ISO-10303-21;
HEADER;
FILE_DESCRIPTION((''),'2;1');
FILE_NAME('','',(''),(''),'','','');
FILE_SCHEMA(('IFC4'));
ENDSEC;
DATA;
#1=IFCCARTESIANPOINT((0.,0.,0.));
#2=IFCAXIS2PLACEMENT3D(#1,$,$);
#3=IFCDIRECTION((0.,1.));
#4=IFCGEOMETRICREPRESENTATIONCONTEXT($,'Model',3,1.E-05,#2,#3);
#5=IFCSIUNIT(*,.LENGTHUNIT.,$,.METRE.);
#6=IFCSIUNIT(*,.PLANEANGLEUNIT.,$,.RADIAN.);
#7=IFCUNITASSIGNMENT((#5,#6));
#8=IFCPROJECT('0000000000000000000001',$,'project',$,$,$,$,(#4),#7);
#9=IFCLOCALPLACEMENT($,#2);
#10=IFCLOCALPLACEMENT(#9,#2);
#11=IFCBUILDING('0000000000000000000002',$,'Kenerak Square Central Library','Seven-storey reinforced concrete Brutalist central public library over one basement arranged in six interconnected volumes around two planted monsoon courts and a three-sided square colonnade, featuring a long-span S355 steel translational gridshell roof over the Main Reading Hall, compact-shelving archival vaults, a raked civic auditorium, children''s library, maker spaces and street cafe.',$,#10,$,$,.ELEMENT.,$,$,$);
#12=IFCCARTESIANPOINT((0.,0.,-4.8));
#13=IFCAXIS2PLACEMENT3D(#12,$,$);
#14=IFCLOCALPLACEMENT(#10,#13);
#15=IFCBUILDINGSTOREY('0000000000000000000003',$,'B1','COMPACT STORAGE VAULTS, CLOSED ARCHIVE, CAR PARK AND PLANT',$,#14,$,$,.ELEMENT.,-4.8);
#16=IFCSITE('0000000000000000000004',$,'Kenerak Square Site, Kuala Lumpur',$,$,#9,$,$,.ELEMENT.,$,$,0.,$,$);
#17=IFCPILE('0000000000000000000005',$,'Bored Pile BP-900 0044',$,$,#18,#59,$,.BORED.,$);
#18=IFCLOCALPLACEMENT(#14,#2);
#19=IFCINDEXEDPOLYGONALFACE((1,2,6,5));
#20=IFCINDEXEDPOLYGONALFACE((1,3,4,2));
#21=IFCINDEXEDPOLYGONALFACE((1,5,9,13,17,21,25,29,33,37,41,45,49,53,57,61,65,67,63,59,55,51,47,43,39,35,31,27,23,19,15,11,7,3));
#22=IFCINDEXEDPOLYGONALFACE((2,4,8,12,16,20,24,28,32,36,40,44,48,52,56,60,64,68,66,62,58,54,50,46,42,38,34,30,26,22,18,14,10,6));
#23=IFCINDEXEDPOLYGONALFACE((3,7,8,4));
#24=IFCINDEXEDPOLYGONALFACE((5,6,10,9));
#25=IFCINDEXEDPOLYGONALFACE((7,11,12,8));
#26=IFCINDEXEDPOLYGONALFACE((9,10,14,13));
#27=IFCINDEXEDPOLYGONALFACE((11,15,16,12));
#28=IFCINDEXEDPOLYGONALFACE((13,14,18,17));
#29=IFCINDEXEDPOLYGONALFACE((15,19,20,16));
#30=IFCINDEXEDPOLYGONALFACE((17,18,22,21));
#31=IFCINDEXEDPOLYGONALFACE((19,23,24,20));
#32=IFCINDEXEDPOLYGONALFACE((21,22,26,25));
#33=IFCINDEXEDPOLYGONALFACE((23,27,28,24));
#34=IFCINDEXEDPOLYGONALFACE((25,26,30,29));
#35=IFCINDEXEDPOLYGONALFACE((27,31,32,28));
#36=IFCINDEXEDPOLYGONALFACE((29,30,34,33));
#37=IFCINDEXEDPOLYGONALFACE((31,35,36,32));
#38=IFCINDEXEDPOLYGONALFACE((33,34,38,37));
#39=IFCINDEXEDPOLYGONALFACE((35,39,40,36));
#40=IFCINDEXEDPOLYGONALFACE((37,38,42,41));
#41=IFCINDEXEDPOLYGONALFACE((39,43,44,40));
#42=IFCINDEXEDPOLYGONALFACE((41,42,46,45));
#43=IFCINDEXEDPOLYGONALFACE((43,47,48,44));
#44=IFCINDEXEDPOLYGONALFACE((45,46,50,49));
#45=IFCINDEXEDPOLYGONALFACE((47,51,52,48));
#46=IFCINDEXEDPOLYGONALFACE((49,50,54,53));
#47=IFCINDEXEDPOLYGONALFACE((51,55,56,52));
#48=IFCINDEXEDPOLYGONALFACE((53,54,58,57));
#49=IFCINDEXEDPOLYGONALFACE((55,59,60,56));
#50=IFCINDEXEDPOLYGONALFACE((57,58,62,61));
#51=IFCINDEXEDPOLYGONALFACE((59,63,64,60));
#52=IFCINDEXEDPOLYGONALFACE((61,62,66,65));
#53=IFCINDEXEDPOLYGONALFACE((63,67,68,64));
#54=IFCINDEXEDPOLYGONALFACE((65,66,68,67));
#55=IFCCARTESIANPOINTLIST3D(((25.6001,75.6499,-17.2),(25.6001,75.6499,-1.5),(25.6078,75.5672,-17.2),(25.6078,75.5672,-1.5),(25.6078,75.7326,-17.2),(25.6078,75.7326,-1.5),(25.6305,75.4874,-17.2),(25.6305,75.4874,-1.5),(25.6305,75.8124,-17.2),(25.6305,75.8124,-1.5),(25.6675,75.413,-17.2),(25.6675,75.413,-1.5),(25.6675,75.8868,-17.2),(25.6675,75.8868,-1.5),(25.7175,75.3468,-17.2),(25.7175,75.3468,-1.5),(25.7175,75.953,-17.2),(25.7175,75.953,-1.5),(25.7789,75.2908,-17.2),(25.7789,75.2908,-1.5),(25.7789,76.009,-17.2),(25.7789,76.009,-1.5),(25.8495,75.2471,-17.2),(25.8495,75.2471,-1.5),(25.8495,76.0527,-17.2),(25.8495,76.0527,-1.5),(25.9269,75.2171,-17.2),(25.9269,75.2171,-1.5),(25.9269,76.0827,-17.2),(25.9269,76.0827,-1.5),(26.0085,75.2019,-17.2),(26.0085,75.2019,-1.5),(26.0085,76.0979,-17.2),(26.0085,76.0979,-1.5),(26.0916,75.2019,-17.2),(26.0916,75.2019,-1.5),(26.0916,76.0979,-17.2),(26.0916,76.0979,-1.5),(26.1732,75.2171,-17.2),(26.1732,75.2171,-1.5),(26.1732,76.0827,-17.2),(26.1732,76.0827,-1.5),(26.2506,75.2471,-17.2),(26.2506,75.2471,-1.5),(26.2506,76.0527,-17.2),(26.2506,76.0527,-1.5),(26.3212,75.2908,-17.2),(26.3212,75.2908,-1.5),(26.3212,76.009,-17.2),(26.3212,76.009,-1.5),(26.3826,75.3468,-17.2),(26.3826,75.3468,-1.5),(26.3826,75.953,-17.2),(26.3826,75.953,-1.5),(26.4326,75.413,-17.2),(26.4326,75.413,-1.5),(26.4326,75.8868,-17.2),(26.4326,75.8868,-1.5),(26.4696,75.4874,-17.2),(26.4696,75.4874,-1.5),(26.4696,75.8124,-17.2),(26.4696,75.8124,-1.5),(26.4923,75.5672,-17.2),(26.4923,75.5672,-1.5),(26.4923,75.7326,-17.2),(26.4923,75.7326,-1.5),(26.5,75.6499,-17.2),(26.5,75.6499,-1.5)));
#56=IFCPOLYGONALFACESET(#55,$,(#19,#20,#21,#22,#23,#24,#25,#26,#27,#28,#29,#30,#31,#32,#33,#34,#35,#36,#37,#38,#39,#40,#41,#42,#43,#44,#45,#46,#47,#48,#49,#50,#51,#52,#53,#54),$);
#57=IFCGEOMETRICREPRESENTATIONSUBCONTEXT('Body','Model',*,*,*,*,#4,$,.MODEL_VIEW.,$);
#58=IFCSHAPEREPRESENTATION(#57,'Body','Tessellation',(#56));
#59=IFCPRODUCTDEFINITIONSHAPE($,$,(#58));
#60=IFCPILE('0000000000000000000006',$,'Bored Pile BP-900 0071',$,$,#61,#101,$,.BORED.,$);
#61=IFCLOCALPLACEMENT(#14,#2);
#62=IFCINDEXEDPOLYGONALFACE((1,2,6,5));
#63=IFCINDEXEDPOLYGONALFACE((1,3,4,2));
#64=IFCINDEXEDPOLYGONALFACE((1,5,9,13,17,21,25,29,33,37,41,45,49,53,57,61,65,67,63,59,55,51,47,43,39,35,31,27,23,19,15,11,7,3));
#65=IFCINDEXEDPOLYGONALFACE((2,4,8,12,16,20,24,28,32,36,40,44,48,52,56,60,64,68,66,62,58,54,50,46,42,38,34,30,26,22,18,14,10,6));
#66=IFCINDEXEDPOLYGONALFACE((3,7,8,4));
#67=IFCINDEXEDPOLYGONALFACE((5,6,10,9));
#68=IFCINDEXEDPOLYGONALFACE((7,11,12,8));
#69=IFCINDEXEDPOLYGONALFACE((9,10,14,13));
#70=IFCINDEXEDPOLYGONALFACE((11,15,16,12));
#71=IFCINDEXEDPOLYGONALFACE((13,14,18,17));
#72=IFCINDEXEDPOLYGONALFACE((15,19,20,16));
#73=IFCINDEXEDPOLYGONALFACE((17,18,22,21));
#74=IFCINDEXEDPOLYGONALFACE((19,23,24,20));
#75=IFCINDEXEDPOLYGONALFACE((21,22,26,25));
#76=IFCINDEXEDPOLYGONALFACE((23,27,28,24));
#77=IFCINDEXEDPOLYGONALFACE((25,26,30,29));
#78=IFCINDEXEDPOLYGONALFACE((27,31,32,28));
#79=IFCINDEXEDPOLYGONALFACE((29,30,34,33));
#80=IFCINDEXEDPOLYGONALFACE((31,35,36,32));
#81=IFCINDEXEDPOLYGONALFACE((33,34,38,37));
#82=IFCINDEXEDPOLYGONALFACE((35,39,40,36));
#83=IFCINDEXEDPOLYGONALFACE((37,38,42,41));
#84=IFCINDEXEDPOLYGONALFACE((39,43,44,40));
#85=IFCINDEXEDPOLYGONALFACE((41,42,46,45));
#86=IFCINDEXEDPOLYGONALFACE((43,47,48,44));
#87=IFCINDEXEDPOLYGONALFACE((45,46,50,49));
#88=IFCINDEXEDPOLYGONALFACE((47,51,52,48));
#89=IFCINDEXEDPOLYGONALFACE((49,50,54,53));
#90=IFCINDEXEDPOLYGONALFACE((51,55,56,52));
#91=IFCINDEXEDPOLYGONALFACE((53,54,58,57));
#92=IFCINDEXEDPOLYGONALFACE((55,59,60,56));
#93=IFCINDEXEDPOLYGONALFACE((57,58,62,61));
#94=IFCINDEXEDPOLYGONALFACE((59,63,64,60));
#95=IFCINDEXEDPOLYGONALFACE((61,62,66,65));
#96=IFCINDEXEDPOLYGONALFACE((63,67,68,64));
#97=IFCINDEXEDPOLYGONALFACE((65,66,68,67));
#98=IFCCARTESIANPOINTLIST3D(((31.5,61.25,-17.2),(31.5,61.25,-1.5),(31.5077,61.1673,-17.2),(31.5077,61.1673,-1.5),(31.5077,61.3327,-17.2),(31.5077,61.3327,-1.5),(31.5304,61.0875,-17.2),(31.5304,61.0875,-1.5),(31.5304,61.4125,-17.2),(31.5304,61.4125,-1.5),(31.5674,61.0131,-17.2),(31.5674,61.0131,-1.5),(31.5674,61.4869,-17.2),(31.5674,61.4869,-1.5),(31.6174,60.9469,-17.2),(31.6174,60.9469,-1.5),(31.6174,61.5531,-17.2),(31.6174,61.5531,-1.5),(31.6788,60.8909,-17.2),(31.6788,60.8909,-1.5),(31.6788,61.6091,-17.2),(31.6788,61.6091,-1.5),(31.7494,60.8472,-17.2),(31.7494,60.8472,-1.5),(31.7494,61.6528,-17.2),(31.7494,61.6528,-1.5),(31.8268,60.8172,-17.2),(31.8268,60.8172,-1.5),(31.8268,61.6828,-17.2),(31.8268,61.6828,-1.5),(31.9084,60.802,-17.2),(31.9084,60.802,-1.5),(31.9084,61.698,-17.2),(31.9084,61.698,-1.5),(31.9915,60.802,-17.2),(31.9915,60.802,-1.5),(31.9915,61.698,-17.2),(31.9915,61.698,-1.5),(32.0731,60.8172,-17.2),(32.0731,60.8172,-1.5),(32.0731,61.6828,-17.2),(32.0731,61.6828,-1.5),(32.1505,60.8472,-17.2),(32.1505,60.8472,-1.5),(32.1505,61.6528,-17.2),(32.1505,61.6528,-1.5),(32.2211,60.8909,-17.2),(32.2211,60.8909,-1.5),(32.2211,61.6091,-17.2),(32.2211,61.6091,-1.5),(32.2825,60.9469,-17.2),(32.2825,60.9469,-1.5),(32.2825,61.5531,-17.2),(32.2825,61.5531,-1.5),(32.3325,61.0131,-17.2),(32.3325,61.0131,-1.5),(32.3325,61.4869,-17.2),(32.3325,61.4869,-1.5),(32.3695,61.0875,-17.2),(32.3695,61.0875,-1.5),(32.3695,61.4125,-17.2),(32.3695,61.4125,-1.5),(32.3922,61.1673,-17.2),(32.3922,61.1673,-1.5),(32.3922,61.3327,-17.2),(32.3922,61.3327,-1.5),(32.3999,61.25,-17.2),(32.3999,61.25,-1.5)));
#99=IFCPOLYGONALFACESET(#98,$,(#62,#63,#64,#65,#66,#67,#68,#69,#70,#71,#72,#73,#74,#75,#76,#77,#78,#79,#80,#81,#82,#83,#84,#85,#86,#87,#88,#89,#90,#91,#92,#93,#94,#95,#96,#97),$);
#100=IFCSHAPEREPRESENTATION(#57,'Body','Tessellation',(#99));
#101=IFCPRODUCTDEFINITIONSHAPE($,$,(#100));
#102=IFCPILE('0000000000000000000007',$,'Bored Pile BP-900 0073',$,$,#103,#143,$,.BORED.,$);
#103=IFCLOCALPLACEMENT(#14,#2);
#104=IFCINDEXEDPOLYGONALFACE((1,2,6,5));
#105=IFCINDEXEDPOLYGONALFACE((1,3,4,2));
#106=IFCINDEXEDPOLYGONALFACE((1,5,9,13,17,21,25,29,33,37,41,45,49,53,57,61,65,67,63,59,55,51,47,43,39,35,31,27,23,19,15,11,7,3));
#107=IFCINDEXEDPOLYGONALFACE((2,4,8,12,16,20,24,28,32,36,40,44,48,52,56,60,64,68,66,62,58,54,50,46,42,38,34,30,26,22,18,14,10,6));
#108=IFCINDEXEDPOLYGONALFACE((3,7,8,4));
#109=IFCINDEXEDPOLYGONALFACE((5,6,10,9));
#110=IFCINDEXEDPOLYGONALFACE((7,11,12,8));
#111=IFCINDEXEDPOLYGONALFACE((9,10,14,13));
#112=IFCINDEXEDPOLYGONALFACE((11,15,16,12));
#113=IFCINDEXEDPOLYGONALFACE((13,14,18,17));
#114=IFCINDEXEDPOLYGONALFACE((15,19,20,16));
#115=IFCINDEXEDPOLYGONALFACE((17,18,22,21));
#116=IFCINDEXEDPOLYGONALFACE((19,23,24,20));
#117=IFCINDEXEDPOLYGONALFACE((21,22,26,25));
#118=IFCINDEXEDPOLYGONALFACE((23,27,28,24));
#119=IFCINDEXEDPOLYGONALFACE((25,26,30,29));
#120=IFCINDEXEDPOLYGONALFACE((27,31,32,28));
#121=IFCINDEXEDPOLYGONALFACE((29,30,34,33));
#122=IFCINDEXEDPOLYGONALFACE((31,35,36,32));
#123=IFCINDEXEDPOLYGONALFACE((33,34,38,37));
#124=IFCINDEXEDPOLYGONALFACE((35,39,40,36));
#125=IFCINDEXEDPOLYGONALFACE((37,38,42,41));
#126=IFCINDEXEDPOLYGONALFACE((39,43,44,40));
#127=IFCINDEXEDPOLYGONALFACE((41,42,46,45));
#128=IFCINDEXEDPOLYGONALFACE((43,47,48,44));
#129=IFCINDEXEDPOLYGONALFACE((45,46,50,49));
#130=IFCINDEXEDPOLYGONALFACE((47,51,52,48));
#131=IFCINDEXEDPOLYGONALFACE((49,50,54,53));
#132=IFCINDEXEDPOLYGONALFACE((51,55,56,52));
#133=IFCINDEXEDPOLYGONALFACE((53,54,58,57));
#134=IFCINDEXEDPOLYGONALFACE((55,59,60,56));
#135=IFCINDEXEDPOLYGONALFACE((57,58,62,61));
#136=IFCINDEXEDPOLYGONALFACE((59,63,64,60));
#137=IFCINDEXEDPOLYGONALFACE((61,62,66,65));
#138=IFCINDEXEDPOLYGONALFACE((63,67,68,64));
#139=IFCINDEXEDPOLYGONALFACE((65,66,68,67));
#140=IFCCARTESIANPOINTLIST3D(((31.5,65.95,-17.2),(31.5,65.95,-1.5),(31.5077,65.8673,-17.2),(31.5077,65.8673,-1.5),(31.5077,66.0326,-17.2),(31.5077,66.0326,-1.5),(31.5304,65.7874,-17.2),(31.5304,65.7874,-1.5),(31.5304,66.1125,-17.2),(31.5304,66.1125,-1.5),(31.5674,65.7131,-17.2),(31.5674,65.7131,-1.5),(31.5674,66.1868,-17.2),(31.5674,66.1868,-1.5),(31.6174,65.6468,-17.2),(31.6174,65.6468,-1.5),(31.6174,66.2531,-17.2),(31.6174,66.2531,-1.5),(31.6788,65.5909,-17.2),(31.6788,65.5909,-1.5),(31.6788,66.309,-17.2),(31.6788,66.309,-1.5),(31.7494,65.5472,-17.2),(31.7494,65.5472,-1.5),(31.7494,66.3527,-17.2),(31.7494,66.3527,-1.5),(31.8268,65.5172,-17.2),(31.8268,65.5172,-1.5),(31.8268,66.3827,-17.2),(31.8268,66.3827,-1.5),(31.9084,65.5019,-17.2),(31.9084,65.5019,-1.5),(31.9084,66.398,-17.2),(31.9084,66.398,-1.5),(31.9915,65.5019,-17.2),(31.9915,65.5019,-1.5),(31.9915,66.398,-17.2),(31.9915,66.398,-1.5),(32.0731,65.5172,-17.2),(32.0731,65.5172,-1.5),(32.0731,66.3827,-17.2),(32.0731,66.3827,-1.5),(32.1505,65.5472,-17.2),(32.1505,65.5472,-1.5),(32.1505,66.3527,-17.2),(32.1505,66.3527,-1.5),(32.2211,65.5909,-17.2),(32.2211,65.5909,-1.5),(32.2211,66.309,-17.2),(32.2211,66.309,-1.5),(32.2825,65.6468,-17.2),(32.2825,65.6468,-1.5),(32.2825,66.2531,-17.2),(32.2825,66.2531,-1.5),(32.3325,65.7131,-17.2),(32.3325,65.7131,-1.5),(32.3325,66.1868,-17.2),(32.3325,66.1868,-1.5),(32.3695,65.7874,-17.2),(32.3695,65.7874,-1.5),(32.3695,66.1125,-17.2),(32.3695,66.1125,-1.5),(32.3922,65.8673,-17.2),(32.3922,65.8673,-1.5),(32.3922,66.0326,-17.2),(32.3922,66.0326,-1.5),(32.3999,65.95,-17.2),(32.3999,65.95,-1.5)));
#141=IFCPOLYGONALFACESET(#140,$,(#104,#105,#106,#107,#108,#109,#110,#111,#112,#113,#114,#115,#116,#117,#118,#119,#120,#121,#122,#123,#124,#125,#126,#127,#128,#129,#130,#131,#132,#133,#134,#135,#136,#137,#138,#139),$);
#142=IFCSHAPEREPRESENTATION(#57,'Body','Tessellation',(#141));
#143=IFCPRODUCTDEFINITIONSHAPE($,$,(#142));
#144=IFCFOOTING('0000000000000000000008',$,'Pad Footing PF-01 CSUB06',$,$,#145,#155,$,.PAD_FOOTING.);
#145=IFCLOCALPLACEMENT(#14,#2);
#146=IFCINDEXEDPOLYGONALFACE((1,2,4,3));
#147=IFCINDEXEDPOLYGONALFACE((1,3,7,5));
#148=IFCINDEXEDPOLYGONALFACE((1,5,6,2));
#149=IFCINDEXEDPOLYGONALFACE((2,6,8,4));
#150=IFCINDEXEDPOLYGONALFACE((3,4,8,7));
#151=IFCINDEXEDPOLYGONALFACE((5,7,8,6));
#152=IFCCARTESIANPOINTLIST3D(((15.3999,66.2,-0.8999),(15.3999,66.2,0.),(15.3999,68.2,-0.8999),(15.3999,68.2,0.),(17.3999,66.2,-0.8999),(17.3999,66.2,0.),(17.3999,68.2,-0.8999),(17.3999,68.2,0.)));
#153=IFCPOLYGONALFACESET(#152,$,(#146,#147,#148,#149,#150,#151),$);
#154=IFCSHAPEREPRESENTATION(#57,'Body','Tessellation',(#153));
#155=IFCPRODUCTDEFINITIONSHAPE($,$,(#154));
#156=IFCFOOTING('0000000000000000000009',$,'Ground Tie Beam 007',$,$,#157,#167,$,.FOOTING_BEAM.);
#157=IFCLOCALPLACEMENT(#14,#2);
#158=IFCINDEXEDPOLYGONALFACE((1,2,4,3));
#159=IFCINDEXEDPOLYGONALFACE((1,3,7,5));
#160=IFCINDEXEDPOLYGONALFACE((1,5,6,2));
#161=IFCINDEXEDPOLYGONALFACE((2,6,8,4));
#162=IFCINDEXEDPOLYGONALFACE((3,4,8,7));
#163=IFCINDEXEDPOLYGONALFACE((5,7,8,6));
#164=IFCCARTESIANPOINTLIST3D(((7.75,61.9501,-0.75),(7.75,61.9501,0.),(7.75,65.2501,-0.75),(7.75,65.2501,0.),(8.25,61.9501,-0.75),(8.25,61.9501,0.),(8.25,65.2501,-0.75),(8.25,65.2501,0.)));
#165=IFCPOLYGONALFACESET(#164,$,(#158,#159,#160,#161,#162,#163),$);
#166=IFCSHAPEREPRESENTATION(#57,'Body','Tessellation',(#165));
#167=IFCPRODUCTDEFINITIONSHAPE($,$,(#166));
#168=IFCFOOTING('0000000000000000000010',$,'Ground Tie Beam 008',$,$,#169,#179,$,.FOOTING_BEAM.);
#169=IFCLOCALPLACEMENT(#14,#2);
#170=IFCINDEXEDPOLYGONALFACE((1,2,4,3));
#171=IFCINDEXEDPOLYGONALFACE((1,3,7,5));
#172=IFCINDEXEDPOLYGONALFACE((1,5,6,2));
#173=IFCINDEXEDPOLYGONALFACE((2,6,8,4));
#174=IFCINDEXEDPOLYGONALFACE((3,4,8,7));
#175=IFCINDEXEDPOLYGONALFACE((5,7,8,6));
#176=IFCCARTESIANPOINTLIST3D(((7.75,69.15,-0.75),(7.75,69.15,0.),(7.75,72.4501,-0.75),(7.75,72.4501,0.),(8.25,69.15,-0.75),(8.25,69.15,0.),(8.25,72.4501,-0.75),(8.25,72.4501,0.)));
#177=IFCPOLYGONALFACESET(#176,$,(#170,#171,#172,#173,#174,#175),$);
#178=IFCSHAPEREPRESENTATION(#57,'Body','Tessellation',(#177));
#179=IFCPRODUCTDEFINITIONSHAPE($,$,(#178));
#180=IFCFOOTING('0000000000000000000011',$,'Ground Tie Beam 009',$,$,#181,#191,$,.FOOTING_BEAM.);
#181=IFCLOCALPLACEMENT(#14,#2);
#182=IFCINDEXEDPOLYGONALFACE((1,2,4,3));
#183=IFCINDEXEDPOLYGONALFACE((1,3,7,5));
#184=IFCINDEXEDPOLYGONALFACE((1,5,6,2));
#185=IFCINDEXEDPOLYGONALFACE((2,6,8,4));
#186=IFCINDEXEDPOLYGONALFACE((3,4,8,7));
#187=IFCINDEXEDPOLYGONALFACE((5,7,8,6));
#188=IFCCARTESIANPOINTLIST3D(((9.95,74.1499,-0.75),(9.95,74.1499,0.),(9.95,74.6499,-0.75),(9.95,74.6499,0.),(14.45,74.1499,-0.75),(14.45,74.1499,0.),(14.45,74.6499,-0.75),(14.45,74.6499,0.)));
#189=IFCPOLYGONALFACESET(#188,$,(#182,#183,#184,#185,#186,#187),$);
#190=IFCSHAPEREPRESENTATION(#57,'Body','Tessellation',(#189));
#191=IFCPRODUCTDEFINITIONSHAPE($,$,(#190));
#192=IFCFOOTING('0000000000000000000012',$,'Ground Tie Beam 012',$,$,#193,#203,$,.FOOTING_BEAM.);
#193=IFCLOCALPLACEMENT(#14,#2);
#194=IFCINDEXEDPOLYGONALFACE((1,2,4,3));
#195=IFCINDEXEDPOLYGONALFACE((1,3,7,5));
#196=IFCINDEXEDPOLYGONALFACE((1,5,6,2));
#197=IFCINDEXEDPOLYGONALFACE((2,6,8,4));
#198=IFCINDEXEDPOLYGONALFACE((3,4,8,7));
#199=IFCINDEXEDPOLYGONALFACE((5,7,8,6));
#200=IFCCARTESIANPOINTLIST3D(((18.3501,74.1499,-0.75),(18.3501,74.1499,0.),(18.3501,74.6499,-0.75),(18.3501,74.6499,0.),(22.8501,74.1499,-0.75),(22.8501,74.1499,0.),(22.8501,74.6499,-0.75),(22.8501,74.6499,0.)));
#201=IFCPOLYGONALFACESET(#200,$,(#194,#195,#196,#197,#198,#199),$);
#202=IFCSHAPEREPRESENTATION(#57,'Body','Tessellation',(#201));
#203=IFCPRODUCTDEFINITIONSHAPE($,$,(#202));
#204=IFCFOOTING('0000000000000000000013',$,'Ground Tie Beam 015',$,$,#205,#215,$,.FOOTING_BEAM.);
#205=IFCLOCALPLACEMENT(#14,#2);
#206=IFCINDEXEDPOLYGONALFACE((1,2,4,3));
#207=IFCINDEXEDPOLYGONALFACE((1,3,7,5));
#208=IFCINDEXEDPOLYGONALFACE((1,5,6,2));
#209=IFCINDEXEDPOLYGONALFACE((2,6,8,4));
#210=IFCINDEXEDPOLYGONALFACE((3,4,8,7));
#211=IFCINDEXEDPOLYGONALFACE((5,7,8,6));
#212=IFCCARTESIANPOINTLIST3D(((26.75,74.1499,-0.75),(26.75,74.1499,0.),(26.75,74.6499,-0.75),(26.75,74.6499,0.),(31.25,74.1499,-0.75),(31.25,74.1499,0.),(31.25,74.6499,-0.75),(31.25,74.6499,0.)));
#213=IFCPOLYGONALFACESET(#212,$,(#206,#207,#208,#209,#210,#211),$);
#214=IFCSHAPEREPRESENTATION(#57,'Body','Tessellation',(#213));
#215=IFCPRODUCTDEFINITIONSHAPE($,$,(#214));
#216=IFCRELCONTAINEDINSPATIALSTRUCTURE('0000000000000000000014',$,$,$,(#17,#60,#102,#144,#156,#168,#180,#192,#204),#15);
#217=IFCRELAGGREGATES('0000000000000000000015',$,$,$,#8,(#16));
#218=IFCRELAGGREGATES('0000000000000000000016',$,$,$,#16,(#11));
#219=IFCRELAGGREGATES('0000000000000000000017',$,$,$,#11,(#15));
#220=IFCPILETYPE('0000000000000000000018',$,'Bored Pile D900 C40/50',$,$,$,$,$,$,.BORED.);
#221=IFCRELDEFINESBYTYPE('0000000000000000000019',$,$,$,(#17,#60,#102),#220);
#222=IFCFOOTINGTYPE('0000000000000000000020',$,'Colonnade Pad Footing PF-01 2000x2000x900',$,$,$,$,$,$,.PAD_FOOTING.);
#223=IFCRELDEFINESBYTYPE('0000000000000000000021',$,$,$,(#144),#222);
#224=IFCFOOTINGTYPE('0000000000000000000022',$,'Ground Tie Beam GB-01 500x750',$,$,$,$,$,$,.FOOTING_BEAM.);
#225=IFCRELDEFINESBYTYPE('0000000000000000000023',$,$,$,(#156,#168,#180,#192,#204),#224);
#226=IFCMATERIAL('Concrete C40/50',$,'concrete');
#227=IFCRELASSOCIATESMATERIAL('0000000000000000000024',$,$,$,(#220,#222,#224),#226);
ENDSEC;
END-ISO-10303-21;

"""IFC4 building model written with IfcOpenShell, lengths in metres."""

from ifc_helpers import new_model, si_unit, direction, frame, origin, origin_2d, place, context, subcontext, project, spatial, rectangle, circle, extrude, material, material_profile, profile_set, type_object, element, save


model = new_model("IFC4")

# Units and contexts
model_context = context("Model", 3, precision=1e-05, world=origin(), true_north=direction((0.0, 1.0)))
body_context = subcontext(model_context, "Body", "Model", "MODEL_VIEW")
ifc_project = project(units=[si_unit("LENGTHUNIT", "METRE"), si_unit("PLANEANGLEUNIT", "RADIAN")], contexts=[model_context])

# Site, building, storey
site_placement = place(None, origin())
site = spatial("IfcSite", under=ifc_project, at=site_placement, Name="Kenerak Square Site, Kuala Lumpur", CompositionType="ELEMENT", RefElevation=0.0)
building_placement = place(site_placement, origin())
building = spatial("IfcBuilding", under=site, at=building_placement, Name="Kenerak Square Central Library", Description="Seven-storey reinforced concrete Brutalist central public library over one basement arranged in six interconnected volumes around two planted monsoon courts and a three-sided square colonnade, featuring a long-span S355 steel translational gridshell roof over the Main Reading Hall, compact-shelving archival vaults, a raked civic auditorium, children's library, maker spaces and street cafe.", CompositionType="ELEMENT")
storey_placement = place(building_placement, frame((0.0, 0.0, -4.8)))
storey = spatial("IfcBuildingStorey", under=building, at=storey_placement, Name="B1", Description="COMPACT STORAGE VAULTS, CLOSED ARCHIVE, CAR PARK AND PLANT", CompositionType="ELEMENT", Elevation=-4.8)

# Piles
ifc_material_1 = material(Name="Concrete C40/50", Category="concrete")
ifc_material_profile_1 = material_profile(ifc_material_1, circle(Radius=0.45, at=origin_2d()), Name="BP D900")
ifc_profile_set_1 = profile_set([ifc_material_profile_1], Name="Concrete C40/50")
pile_type = type_object("IfcPileType", Name="Bored Pile D900 C40/50", PredefinedType="BORED", material=ifc_profile_set_1)
for number, where, z_axis, x_axis, name in (
    (1, (26.05, 75.6499, -1.5), (0.0, 0.0, -1.0), (1.0, 0.0, 0.0), "Bored Pile BP-900 0044"),
    (2, (31.95, 61.25, -1.5), (0.0, 0.0, -1.0), (1.0, 0.0, 0.0), "Bored Pile BP-900 0071"),
    (3, (31.95, 65.95, -1.5), (0.0, 0.0, -1.0), (1.0, 0.0, 0.0), "Bored Pile BP-900 0073"),
):
    element("IfcPile", number, at=place(storey_placement, frame(where, z_axis=z_axis, x_axis=x_axis)), inside=storey, type_object=pile_type, Name=name, PredefinedType="BORED", context=body_context, shape_type="SweptSolid", body=[
        extrude(circle(Radius=0.45, at=origin_2d()), origin(), (0.0, 0.0, 1.0), 15.7),
    ])

# Footings
footing_type_1 = type_object("IfcFootingType", Name="Colonnade Pad Footing PF-01 2000x2000x900", PredefinedType="PAD_FOOTING", material=ifc_material_1)
footing_placement = place(storey_placement, frame((16.3999, 67.2, -0.8999), z_axis=(0.0, 0.0, 1.0), x_axis=(1.0, 0.0, 0.0)))
element("IfcFooting", 4, at=footing_placement, inside=storey, type_object=footing_type_1, Name="Pad Footing PF-01 CSUB06", PredefinedType="PAD_FOOTING", context=body_context, shape_type="SweptSolid", body=[
    extrude(rectangle(XDim=2.0, YDim=2.0, at=origin_2d()), origin(), (0.0, 0.0, 1.0), 0.8999),
])
footing_type_2 = type_object("IfcFootingType", Name="Ground Tie Beam GB-01 500x750", PredefinedType="FOOTING_BEAM", material=ifc_material_1)
for number, where, z_axis, x_axis, name in (
    (5, (8.0, 63.6001, -0.75), (0.0, 0.0, 1.0), (1.0, 0.0, 0.0), "Ground Tie Beam 007"),
    (6, (8.0, 70.8, -0.75), (0.0, 0.0, 1.0), (1.0, 0.0, 0.0), "Ground Tie Beam 008"),
):
    element("IfcFooting", number, at=place(storey_placement, frame(where, z_axis=z_axis, x_axis=x_axis)), inside=storey, type_object=footing_type_2, Name=name, PredefinedType="FOOTING_BEAM", context=body_context, shape_type="SweptSolid", body=[
        extrude(rectangle(XDim=0.5, YDim=3.3, at=origin_2d()), origin(), (0.0, 0.0, 1.0), 0.75),
    ])
for number, where, z_axis, x_axis, name in (
    (7, (12.2, 74.3999, -0.75), (0.0, 0.0, 1.0), (1.0, 0.0, 0.0), "Ground Tie Beam 009"),
    (8, (20.6001, 74.3999, -0.75), (0.0, 0.0, 1.0), (1.0, 0.0, 0.0), "Ground Tie Beam 012"),
    (9, (29.0, 74.3999, -0.75), (0.0, 0.0, 1.0), (1.0, 0.0, 0.0), "Ground Tie Beam 015"),
):
    element("IfcFooting", number, at=place(storey_placement, frame(where, z_axis=z_axis, x_axis=x_axis)), inside=storey, type_object=footing_type_2, Name=name, PredefinedType="FOOTING_BEAM", context=body_context, shape_type="SweptSolid", body=[
        extrude(rectangle(XDim=4.5, YDim=0.5, at=origin_2d()), origin(), (0.0, 0.0, 1.0), 0.75),
    ])

save(model, "model.ifc")
